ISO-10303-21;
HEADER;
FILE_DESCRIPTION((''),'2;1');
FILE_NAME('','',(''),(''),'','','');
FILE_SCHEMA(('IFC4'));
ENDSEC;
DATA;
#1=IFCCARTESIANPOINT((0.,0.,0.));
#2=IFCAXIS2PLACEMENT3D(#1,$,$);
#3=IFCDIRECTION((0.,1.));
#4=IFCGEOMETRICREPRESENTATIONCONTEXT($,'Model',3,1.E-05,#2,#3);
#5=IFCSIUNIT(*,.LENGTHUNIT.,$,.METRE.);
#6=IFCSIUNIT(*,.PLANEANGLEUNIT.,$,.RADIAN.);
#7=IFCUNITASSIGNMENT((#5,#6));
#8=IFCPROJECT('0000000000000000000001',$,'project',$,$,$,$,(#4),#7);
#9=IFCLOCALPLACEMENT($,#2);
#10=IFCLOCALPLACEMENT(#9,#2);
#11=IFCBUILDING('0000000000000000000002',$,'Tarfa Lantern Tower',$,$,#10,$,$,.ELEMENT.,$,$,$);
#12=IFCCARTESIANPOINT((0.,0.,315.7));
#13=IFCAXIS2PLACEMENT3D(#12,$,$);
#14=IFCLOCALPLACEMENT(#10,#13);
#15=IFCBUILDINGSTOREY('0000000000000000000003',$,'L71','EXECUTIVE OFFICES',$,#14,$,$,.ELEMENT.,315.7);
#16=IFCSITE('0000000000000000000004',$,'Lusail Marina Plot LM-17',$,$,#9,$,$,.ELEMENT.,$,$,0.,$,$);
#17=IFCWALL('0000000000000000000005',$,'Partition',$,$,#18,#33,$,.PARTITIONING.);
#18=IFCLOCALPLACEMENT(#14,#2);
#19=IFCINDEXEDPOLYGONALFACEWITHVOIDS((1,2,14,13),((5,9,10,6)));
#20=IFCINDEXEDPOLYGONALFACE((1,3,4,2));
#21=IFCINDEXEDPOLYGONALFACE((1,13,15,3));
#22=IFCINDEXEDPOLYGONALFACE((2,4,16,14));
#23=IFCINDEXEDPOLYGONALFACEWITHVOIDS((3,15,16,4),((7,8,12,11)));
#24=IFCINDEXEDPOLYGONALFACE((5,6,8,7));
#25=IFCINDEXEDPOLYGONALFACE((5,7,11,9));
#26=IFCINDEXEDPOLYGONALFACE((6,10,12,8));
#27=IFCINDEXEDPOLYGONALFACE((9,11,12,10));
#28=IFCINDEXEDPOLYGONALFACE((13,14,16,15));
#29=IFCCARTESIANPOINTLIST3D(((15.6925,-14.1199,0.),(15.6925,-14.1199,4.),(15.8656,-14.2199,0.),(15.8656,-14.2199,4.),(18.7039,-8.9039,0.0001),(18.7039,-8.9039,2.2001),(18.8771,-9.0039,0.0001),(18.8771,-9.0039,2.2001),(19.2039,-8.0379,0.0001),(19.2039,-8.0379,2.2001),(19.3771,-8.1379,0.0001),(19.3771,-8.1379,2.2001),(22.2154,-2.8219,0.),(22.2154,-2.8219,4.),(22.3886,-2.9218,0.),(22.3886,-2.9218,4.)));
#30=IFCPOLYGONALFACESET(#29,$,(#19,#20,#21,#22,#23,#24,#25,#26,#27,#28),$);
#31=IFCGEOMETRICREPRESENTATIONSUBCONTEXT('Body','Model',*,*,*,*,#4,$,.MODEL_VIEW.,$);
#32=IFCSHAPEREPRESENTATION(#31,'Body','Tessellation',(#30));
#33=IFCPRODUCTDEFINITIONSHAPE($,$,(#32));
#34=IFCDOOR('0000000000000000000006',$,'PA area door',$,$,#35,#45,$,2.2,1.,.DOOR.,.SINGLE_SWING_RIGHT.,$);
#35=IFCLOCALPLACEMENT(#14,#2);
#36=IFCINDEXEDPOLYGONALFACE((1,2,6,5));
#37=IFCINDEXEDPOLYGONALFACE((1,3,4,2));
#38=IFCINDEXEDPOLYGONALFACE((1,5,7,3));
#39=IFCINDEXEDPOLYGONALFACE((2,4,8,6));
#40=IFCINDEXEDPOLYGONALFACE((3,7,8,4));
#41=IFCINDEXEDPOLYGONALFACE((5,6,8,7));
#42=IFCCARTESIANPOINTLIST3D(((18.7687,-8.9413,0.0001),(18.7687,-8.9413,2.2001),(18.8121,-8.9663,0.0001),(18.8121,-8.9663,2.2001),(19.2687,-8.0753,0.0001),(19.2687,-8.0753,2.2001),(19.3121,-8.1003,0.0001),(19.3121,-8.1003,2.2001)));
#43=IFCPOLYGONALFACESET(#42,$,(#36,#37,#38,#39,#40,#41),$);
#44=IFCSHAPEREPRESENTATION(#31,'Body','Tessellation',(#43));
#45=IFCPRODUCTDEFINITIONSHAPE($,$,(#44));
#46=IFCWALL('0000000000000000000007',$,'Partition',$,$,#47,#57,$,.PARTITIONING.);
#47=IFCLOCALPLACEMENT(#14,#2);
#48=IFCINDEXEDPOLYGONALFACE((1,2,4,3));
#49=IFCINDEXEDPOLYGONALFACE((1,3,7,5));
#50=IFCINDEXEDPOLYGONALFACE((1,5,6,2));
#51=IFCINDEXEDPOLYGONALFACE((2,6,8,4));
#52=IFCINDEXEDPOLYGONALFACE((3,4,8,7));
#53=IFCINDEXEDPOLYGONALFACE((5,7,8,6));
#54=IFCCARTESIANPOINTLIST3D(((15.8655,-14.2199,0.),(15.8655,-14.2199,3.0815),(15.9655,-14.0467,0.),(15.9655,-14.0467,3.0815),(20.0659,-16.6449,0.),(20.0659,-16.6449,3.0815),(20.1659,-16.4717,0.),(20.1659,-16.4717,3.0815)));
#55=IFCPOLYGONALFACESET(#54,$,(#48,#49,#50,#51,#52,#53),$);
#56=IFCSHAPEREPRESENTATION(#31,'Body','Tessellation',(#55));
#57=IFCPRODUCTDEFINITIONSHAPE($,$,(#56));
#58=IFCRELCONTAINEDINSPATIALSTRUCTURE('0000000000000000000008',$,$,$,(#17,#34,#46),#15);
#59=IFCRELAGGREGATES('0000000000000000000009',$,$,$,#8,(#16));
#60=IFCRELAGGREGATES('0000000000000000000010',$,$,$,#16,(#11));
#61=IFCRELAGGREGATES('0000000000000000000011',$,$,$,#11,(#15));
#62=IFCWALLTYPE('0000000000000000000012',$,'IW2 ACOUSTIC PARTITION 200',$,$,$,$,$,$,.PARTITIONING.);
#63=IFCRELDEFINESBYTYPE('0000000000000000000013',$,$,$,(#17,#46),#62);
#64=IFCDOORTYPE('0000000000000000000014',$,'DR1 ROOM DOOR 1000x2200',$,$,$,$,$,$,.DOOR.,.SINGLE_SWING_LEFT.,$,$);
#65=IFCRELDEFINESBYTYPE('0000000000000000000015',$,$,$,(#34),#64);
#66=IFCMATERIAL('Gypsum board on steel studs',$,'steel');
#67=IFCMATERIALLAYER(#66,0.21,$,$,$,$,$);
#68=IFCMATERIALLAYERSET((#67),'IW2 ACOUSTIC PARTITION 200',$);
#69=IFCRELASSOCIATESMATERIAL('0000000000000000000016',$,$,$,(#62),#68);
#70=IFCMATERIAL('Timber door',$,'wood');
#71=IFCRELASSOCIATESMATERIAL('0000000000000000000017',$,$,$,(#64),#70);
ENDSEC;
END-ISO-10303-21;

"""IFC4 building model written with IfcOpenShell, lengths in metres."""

from ifc_helpers import new_model, si_unit, direction, frame, frame_2d, origin, place, context, subcontext, project, spatial, rectangle, extrude, material, layer, layer_set, type_object, element, fill, save


model = new_model("IFC4")

# Units and contexts
model_context = context("Model", 3, precision=1e-05, world=origin(), true_north=direction((0.0, 1.0)))
body_context = subcontext(model_context, "Body", "Model", "MODEL_VIEW")
ifc_project = project(units=[si_unit("LENGTHUNIT", "METRE"), si_unit("PLANEANGLEUNIT", "RADIAN")], contexts=[model_context])

# Site, building, storey
site_placement = place(None, origin())
site = spatial("IfcSite", under=ifc_project, at=site_placement, Name="Lusail Marina Plot LM-17", CompositionType="ELEMENT", RefElevation=0.0)
building_placement = place(site_placement, origin())
building = spatial("IfcBuilding", under=site, at=building_placement, Name="Tarfa Lantern Tower", CompositionType="ELEMENT")
storey_placement = place(building_placement, frame((0.0, 0.0, 315.7)))
storey = spatial("IfcBuildingStorey", under=building, at=storey_placement, Name="L71", Description="EXECUTIVE OFFICES", CompositionType="ELEMENT", Elevation=315.7)

# Wall, opening, door
ifc_material_1 = material(Name="Gypsum board on steel studs", Category="steel")
ifc_layer_1 = layer(ifc_material_1, 0.21)
ifc_layer_set_1 = layer_set([ifc_layer_1], Name="IW2 ACOUSTIC PARTITION 200")
wall_type_1 = type_object("IfcWallType", Name="IW2 ACOUSTIC PARTITION 200", PredefinedType="PARTITIONING", material=ifc_layer_set_1)
wall_1_placement = place(storey_placement, frame((15.7791, -14.1699, 0.0), z_axis=(0.0, 0.0, 1.0), x_axis=(0.499999, 0.866026, 0.0)))
wall_1 = element("IfcWall", 1, at=wall_1_placement, inside=storey, type_object=wall_type_1, Name="Partition", PredefinedType="PARTITIONING", context=body_context, shape_type="SweptSolid", body=[
    extrude(rectangle(XDim=13.0459, YDim=0.2, at=frame_2d((6.5229, 0.0))), origin(), (0.0, 0.0, 1.0), 4.0),
])
opening_1_placement = place(wall_1_placement, frame((6.0229, 0.0, 0.0)))
opening_1 = element("IfcOpeningElement", 2, at=opening_1_placement, cuts=wall_1, PredefinedType="OPENING", context=body_context, shape_type="SweptSolid", body=[
    extrude(rectangle(XDim=1.0, YDim=2.2, at=frame_2d((0.5, 1.1001))), frame((0.0, 0.1099, 0.0), z_axis=(0.0, -1.0, 0.0), x_axis=(1.0, 0.0, 0.0)), (0.0, 0.0, 1.0), 0.22),
])
ifc_material_2 = material(Name="Timber door", Category="wood")
door_type = type_object("IfcDoorType", Name="DR1 ROOM DOOR 1000x2200", OperationType="SINGLE_SWING_LEFT", PredefinedType="DOOR", material=ifc_material_2)
door_placement = place(opening_1_placement, frame((1.0, 0.0, 0.0), z_axis=(0.0, 0.0, 1.0), x_axis=(-1.0, 0.0, 0.0)))
door = element("IfcDoor", 3, at=door_placement, inside=storey, type_object=door_type, Name="PA area door", OperationType="SINGLE_SWING_RIGHT", OverallHeight=2.2, OverallWidth=1.0, PredefinedType="DOOR", context=body_context, shape_type="SweptSolid", body=[
    extrude(rectangle(XDim=1.0, YDim=2.2, at=frame_2d((0.5, 1.1001))), frame((0.0, 0.0249, 0.0), z_axis=(0.0, -1.0, 0.0), x_axis=(1.0, 0.0, 0.0)), (0.0, 0.0, 1.0), 0.05),
])
fill(opening_1, door)

# Wall
wall_2_placement = place(storey_placement, frame((15.9155, -14.1333, 0.0), z_axis=(0.0, 0.0, 1.0), x_axis=(0.866032, -0.499988, 0.0)))
element("IfcWall", 4, at=wall_2_placement, inside=storey, type_object=wall_type_1, Name="Partition", PredefinedType="PARTITIONING", context=body_context, shape_type="SweptSolid", body=[
    extrude(rectangle(XDim=4.8501, YDim=0.2, at=frame_2d((2.425, 0.0))), origin(), (0.0, 0.0, 1.0), 3.0815),
])

save(model, "model.ifc")
